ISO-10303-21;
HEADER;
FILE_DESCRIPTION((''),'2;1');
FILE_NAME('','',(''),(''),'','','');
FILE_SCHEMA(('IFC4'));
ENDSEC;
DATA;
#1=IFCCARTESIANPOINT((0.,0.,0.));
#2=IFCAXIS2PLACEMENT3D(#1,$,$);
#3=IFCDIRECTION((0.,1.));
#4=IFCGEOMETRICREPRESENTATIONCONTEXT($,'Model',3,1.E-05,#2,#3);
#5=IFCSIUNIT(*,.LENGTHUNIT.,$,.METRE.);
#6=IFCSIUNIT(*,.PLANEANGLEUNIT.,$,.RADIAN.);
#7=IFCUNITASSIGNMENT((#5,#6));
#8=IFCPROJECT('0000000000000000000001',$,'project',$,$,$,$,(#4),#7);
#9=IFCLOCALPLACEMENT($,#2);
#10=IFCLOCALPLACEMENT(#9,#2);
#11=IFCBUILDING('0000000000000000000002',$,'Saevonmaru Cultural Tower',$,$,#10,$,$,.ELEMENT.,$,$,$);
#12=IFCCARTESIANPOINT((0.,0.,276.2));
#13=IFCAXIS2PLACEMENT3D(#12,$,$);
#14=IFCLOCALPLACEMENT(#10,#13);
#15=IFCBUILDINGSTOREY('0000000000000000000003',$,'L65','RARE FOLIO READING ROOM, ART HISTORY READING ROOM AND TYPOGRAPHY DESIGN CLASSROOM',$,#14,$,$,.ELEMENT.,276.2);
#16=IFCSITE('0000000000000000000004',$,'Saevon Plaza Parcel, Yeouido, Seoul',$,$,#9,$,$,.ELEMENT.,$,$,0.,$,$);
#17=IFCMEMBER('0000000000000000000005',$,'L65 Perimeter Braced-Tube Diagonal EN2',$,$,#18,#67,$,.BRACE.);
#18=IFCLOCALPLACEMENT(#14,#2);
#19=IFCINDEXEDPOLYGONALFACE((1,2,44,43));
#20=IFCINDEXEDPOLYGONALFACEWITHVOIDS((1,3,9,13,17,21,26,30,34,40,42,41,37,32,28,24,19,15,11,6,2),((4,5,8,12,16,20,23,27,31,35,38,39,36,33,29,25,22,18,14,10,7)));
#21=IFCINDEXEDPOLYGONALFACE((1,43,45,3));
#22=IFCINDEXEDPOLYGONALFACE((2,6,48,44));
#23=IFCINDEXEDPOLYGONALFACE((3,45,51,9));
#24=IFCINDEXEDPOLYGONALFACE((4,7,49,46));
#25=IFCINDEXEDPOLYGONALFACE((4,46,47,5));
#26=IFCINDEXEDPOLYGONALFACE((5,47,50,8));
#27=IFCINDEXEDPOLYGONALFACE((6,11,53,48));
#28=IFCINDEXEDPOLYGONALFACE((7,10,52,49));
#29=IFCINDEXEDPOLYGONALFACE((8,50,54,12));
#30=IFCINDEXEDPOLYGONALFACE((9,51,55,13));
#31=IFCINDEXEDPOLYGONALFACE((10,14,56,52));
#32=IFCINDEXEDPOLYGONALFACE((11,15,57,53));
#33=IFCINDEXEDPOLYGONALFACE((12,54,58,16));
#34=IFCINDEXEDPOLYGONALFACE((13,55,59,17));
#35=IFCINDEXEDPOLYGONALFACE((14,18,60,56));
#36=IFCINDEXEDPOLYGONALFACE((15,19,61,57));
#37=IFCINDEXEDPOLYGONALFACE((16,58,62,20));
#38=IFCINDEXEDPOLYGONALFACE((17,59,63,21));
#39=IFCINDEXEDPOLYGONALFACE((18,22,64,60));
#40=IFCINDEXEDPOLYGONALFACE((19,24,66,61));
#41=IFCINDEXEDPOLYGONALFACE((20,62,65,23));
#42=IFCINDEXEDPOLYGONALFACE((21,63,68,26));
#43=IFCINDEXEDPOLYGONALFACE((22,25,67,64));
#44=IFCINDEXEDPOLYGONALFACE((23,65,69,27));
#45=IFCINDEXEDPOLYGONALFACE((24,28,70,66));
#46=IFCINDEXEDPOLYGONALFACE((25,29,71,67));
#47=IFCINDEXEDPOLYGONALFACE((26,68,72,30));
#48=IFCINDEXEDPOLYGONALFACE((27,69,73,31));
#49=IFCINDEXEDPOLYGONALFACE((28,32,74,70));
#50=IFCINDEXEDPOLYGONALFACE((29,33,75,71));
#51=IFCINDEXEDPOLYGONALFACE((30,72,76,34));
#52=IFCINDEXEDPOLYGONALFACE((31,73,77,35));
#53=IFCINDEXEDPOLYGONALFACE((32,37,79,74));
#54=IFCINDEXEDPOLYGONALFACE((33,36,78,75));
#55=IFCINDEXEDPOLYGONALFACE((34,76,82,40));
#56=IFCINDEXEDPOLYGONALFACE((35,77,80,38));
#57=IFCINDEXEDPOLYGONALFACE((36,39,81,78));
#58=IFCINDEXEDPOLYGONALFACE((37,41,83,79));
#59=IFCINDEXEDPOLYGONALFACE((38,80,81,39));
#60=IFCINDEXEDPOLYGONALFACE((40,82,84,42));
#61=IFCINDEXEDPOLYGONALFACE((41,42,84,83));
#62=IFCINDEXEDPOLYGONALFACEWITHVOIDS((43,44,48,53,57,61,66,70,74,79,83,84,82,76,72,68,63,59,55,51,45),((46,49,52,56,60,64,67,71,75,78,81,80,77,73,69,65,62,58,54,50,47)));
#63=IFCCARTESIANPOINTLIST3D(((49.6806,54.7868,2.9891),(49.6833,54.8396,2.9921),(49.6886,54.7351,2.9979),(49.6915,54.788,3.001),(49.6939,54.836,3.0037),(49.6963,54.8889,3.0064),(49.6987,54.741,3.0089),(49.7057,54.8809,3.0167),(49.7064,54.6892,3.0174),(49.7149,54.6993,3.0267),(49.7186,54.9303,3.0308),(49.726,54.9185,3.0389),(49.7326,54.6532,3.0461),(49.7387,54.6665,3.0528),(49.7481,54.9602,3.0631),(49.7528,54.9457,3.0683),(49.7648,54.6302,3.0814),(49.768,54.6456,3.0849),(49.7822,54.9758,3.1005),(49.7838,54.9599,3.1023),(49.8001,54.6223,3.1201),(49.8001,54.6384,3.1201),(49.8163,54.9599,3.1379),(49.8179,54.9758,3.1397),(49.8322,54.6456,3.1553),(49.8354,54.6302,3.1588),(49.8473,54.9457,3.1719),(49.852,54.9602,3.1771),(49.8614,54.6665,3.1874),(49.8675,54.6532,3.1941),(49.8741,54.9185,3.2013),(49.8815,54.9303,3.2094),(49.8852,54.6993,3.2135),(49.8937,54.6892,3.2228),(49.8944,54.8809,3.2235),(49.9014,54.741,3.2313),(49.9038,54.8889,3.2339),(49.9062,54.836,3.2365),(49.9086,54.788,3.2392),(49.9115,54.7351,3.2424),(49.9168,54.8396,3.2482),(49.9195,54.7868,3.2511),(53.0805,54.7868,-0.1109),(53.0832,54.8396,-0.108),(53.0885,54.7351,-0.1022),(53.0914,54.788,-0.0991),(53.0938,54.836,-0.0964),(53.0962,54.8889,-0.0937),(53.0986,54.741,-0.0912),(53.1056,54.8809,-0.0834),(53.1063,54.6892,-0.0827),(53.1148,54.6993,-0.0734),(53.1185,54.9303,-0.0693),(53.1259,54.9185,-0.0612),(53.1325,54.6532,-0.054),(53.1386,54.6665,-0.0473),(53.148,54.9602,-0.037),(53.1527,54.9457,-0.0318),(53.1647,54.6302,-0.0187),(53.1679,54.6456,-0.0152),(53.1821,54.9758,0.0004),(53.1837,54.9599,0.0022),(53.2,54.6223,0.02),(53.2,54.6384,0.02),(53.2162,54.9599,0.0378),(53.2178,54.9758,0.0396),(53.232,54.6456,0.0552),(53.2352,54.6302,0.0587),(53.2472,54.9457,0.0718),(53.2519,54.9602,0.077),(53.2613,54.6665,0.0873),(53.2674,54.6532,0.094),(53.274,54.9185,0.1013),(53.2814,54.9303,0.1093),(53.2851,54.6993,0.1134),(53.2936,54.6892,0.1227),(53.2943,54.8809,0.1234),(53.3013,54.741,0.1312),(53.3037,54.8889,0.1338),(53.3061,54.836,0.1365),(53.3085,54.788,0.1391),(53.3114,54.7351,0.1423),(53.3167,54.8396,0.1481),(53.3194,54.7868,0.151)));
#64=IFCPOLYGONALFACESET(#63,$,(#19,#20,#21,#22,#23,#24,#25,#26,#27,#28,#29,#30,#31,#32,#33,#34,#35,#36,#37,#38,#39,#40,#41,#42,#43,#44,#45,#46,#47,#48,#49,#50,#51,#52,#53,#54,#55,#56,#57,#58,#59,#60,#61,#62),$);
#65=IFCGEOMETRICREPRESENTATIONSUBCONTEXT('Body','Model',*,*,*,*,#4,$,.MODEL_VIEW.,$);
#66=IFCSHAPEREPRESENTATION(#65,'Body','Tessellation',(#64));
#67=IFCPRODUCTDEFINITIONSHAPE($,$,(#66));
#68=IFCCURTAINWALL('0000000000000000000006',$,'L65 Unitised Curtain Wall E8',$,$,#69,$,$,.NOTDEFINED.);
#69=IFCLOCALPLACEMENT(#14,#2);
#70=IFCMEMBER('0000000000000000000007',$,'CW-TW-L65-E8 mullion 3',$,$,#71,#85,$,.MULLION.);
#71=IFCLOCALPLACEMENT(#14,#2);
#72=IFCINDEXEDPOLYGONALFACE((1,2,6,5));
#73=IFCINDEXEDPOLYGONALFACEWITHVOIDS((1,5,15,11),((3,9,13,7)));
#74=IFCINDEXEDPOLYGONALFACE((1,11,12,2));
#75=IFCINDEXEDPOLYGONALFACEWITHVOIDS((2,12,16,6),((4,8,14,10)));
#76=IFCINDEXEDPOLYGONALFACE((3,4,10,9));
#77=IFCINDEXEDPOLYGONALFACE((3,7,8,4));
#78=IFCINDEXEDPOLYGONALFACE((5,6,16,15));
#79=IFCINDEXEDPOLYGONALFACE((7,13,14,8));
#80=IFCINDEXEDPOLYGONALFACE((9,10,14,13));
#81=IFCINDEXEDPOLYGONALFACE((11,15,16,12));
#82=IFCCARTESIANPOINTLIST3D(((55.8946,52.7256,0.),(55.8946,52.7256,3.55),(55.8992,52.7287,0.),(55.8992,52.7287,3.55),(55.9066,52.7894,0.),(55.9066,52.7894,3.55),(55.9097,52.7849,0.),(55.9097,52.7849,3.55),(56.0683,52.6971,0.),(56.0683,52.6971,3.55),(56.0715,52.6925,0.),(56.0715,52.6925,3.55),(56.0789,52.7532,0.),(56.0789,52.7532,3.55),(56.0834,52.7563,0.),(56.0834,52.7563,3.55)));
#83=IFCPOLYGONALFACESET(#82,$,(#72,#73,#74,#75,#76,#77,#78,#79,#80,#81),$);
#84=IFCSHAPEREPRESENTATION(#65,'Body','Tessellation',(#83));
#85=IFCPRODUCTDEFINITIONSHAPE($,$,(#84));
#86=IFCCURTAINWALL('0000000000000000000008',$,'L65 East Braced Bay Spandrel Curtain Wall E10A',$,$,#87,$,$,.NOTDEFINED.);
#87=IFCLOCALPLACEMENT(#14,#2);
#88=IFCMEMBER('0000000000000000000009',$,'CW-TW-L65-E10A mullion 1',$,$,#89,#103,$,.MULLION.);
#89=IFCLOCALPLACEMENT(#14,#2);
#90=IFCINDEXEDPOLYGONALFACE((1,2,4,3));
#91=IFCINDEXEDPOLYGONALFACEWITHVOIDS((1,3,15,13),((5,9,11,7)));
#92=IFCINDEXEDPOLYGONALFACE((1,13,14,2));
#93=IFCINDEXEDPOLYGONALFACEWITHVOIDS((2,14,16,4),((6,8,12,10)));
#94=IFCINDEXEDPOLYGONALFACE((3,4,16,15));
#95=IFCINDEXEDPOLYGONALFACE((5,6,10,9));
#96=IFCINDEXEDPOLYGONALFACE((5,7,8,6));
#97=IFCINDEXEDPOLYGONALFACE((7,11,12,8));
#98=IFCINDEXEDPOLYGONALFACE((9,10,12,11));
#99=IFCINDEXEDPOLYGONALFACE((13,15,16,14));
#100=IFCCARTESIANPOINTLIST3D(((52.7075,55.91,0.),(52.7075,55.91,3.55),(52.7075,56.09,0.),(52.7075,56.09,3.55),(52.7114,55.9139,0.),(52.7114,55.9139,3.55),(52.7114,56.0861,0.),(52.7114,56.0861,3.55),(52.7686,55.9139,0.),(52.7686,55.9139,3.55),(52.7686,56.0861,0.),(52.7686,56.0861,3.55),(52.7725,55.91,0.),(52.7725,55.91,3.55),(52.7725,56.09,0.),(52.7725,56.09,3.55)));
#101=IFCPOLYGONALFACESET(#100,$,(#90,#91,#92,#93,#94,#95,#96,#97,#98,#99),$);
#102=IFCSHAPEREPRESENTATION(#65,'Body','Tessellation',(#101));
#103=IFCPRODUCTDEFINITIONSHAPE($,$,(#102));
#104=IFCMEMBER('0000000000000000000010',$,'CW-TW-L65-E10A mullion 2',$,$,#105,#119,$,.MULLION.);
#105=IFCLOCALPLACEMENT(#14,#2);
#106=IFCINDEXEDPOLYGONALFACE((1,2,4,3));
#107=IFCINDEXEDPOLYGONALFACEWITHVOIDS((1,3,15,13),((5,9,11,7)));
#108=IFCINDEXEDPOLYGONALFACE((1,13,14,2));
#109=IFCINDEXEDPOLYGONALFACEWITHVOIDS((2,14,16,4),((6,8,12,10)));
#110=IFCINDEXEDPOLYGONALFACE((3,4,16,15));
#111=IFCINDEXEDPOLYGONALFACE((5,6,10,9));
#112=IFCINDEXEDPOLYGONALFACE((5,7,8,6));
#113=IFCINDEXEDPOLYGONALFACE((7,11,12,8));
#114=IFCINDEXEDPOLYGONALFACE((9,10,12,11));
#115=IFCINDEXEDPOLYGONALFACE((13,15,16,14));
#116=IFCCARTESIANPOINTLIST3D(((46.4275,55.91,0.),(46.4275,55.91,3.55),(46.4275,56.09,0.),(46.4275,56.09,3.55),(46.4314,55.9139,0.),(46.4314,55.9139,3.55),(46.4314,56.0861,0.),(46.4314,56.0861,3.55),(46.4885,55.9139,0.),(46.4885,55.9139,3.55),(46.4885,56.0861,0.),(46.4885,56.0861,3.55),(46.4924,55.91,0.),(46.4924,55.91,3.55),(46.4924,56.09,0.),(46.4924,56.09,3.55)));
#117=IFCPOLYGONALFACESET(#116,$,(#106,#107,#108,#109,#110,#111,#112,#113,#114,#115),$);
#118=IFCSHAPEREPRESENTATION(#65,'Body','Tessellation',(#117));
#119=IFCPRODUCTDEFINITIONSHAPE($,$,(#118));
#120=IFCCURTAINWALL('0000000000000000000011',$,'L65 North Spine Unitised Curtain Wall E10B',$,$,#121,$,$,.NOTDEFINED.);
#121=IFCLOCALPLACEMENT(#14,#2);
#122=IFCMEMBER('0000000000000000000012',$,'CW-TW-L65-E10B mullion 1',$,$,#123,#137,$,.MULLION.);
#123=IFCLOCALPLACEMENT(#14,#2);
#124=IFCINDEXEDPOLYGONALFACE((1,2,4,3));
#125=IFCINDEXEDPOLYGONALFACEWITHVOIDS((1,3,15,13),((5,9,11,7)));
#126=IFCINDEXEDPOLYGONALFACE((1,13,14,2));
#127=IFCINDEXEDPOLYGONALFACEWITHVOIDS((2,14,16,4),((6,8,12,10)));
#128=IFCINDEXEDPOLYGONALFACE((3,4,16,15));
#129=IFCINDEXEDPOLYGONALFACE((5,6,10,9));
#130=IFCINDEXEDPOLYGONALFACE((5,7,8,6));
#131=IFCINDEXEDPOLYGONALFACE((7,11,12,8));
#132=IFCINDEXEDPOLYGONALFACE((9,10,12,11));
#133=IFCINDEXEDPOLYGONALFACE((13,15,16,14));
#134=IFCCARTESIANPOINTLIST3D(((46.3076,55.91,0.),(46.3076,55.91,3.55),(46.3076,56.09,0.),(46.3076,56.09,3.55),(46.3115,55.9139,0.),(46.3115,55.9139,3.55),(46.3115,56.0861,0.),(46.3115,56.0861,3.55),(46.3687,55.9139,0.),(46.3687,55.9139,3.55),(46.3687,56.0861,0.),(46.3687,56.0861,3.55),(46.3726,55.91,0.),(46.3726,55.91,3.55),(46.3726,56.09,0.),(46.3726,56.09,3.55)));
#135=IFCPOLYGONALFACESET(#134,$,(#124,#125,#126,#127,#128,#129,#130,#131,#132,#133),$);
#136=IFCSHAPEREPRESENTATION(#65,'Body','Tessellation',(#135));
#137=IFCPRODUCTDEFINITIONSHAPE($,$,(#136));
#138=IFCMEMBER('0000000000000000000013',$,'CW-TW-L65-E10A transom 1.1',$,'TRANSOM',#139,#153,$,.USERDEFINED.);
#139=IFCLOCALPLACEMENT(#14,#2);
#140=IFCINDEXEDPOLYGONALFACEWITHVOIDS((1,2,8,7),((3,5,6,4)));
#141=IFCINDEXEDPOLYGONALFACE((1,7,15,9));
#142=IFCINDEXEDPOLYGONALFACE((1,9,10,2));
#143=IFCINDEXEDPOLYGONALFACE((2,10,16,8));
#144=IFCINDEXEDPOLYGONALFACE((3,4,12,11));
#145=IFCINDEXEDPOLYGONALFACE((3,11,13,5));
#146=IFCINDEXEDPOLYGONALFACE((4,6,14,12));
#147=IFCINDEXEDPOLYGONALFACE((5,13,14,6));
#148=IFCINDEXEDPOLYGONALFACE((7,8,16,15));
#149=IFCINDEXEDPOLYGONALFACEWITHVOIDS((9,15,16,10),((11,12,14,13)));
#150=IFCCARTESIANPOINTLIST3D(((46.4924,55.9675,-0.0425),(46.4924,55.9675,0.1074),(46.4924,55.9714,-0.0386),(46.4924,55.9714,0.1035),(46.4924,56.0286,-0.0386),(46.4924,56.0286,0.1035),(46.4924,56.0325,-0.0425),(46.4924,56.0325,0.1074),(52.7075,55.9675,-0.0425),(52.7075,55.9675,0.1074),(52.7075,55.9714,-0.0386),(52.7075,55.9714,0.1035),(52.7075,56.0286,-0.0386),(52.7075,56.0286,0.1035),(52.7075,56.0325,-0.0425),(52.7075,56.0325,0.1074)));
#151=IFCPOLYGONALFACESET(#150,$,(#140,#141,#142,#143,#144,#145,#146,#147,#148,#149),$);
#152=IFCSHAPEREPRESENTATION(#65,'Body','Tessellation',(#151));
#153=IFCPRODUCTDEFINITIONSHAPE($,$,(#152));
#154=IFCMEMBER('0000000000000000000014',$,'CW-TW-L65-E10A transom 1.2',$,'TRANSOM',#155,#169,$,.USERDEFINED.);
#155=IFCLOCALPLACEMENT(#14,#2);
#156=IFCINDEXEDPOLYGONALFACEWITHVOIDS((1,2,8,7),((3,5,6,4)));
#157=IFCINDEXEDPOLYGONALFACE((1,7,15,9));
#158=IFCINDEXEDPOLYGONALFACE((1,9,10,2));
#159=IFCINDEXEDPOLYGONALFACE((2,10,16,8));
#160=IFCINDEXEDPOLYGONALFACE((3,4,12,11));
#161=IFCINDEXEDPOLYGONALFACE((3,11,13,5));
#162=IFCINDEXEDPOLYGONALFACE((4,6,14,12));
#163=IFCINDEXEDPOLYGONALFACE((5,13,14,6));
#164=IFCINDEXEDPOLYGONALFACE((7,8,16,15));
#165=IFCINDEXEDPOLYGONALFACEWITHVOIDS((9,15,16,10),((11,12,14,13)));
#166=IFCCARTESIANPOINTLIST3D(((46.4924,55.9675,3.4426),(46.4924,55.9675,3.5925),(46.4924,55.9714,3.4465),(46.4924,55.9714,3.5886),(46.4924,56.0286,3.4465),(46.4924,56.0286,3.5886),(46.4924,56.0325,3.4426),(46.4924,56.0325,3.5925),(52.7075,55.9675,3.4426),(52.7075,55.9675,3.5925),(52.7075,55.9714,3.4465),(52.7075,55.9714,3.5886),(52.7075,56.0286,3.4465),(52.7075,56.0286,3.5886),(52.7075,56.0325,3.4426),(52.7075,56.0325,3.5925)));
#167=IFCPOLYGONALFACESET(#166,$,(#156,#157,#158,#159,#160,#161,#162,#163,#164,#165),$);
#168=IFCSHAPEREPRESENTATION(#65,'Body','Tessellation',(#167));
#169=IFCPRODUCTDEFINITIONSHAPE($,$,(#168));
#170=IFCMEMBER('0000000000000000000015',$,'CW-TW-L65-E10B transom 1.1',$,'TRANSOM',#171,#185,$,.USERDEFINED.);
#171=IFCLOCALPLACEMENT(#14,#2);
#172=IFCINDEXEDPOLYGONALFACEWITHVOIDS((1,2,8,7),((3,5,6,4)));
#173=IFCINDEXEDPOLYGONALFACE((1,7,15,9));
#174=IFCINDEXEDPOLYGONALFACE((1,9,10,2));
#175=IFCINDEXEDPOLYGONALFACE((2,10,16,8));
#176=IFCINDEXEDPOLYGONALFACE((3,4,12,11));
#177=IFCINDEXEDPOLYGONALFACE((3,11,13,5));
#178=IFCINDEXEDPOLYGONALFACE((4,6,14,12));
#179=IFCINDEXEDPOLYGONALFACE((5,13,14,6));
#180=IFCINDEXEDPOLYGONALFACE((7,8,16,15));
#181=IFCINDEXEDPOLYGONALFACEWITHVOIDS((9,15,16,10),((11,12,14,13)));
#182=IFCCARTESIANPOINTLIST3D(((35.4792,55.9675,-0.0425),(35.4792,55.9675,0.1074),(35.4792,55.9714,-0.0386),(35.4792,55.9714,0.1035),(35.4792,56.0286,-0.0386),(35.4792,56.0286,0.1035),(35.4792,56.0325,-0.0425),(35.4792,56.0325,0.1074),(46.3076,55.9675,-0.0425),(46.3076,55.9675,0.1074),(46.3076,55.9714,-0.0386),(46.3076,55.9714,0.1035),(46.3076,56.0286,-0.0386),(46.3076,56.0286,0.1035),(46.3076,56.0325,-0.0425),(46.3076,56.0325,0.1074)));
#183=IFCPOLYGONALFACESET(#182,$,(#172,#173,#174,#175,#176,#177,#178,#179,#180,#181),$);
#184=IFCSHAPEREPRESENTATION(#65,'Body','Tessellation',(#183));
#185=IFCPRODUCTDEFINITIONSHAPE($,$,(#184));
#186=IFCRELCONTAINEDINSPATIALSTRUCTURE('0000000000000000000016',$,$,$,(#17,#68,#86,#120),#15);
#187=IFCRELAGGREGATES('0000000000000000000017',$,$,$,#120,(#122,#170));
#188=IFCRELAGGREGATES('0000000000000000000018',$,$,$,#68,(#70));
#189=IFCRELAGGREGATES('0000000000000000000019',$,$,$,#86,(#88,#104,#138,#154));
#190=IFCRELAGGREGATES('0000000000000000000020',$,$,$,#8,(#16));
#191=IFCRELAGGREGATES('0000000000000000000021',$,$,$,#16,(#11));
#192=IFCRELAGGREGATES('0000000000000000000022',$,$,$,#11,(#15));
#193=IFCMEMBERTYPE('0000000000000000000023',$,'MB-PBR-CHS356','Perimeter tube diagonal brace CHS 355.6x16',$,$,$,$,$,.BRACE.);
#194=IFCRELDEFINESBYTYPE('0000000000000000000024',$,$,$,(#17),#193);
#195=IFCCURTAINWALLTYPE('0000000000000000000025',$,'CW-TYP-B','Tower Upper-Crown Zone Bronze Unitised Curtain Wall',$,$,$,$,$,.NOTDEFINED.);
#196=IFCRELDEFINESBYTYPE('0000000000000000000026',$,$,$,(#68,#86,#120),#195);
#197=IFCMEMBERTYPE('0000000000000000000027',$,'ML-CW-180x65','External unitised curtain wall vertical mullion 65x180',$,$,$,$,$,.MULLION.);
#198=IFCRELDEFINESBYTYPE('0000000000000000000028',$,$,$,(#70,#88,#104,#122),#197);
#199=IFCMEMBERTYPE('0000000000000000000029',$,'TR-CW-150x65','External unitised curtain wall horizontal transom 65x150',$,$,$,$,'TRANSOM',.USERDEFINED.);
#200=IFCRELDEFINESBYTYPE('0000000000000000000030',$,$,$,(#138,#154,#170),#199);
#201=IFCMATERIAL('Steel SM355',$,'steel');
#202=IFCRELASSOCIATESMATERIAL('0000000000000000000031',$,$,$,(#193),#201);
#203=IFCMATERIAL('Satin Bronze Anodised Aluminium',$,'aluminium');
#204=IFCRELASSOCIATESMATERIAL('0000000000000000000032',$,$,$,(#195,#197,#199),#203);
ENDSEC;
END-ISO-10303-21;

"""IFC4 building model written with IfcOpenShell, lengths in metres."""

from ifc_helpers import new_model, si_unit, direction, frame, origin, origin_2d, place, context, subcontext, project, spatial, hollow_rectangle, hollow_circle, extrude, material, material_profile, profile_set, type_object, element, aggregate, save


model = new_model("IFC4")

# Units and contexts
model_context = context("Model", 3, precision=1e-05, world=origin(), true_north=direction((0.0, 1.0)))
body_context = subcontext(model_context, "Body", "Model", "MODEL_VIEW")
ifc_project = project(units=[si_unit("LENGTHUNIT", "METRE"), si_unit("PLANEANGLEUNIT", "RADIAN")], contexts=[model_context])

# Site, building, storey
site_placement = place(None, origin())
site = spatial("IfcSite", under=ifc_project, at=site_placement, Name="Saevon Plaza Parcel, Yeouido, Seoul", CompositionType="ELEMENT", RefElevation=0.0)
building_placement = place(site_placement, origin())
building = spatial("IfcBuilding", under=site, at=building_placement, Name="Saevonmaru Cultural Tower", CompositionType="ELEMENT")
storey_placement = place(building_placement, frame((0.0, 0.0, 276.2)))
storey = spatial("IfcBuildingStorey", under=building, at=storey_placement, Name="L65", Description="RARE FOLIO READING ROOM, ART HISTORY READING ROOM AND TYPOGRAPHY DESIGN CLASSROOM", CompositionType="ELEMENT", Elevation=276.2)

# Shared definitions
ifc_material_1 = material(Name="Steel SM355", Category="steel")

# Member
ifc_material_profile_1 = material_profile(ifc_material_1, hollow_circle(Radius=0.1777, WallThickness=0.0161, at=origin_2d()), Name="CHS-355.6x16")
ifc_profile_set_1 = profile_set([ifc_material_profile_1], Name="Steel SM355")
member_type_1 = type_object("IfcMemberType", Name="MB-PBR-CHS356", Description="Perimeter tube diagonal brace CHS 355.6x16", PredefinedType="BRACE", material=ifc_profile_set_1)
member_1_placement = place(storey_placement, frame((53.2, 54.8, 0.02), z_axis=(-0.738936, 0.0, 0.673776), x_axis=(0.0, -1.0, 0.0)))
element("IfcMember", 1, at=member_1_placement, inside=storey, type_object=member_type_1, Name="L65 Perimeter Braced-Tube Diagonal EN2", PredefinedType="BRACE", context=body_context, shape_type="SweptSolid", body=[
    extrude(hollow_circle(Radius=0.1777, WallThickness=0.0161, at=origin_2d()), origin(), (0.0, 0.0, 1.0), 4.6011),
])

# Curtain wall, member
ifc_material_2 = material(Name="Satin Bronze Anodised Aluminium", Category="aluminium")
curtain_wall_type = type_object("IfcCurtainWallType", Name="CW-TYP-B", Description="Tower Upper-Crown Zone Bronze Unitised Curtain Wall", PredefinedType="NOTDEFINED", material=ifc_material_2)
curtain_wall_1_placement = place(storey_placement, origin())
curtain_wall_1 = element("IfcCurtainWall", 2, at=curtain_wall_1_placement, inside=storey, type_object=curtain_wall_type, Name="L65 Unitised Curtain Wall E8", PredefinedType="NOTDEFINED")
ifc_material_profile_2 = material_profile(ifc_material_2, hollow_rectangle(XDim=0.0649, YDim=0.1799, WallThickness=0.0039, at=origin_2d()), Name="ALU-MULL-180x65x4")
ifc_profile_set_2 = profile_set([ifc_material_profile_2], Name="Satin Bronze Anodised Aluminium")
member_type_2 = type_object("IfcMemberType", Name="ML-CW-180x65", Description="External unitised curtain wall vertical mullion 65x180", PredefinedType="MULLION", material=ifc_profile_set_2)
member_2_placement = place(storey_placement, frame((55.989, 52.741, 0.0), z_axis=(0.0, 0.0, 1.0), x_axis=(0.184047, 0.982918, 0.0)))
member_2 = element("IfcMember", 3, at=member_2_placement, type_object=member_type_2, Name="CW-TW-L65-E8 mullion 3", PredefinedType="MULLION", context=body_context, shape_type="SweptSolid", body=[
    extrude(hollow_rectangle(XDim=0.0649, YDim=0.1799, WallThickness=0.0039, at=origin_2d()), origin(), (0.0, 0.0, 1.0), 3.55),
])

# Curtain wall, members
curtain_wall_2_placement = place(storey_placement, origin())
curtain_wall_2 = element("IfcCurtainWall", 4, at=curtain_wall_2_placement, inside=storey, type_object=curtain_wall_type, Name="L65 East Braced Bay Spandrel Curtain Wall E10A", PredefinedType="NOTDEFINED")
member_3_placement = place(storey_placement, frame((52.74, 56.0, 0.0), z_axis=(0.0, 0.0, 1.0), x_axis=(-1.0, 0.0, 0.0)))
member_3 = element("IfcMember", 5, at=member_3_placement, type_object=member_type_2, Name="CW-TW-L65-E10A mullion 1", PredefinedType="MULLION", context=body_context, shape_type="SweptSolid", body=[
    extrude(hollow_rectangle(XDim=0.0649, YDim=0.1799, WallThickness=0.0039, at=origin_2d()), origin(), (0.0, 0.0, 1.0), 3.55),
])
member_4_placement = place(storey_placement, frame((46.46, 56.0, 0.0), z_axis=(0.0, 0.0, 1.0), x_axis=(-1.0, 0.0, 0.0)))
member_4 = element("IfcMember", 6, at=member_4_placement, type_object=member_type_2, Name="CW-TW-L65-E10A mullion 2", PredefinedType="MULLION", context=body_context, shape_type="SweptSolid", body=[
    extrude(hollow_rectangle(XDim=0.0649, YDim=0.1799, WallThickness=0.0039, at=origin_2d()), origin(), (0.0, 0.0, 1.0), 3.55),
])

# Curtain wall, member
curtain_wall_3_placement = place(storey_placement, origin())
curtain_wall_3 = element("IfcCurtainWall", 7, at=curtain_wall_3_placement, inside=storey, type_object=curtain_wall_type, Name="L65 North Spine Unitised Curtain Wall E10B", PredefinedType="NOTDEFINED")
member_5_placement = place(storey_placement, frame((46.3401, 56.0, 0.0), z_axis=(0.0, 0.0, 1.0), x_axis=(-1.0, 0.0, 0.0)))
member_5 = element("IfcMember", 8, at=member_5_placement, type_object=member_type_2, Name="CW-TW-L65-E10B mullion 1", PredefinedType="MULLION", context=body_context, shape_type="SweptSolid", body=[
    extrude(hollow_rectangle(XDim=0.0649, YDim=0.1799, WallThickness=0.0039, at=origin_2d()), origin(), (0.0, 0.0, 1.0), 3.55),
])

# Members
ifc_material_profile_3 = material_profile(ifc_material_2, hollow_rectangle(XDim=0.0649, YDim=0.1499, WallThickness=0.0039, at=origin_2d()), Name="ALU-TRAN-150x65x4")
ifc_profile_set_3 = profile_set([ifc_material_profile_3], Name="Satin Bronze Anodised Aluminium")
member_type_3 = type_object("IfcMemberType", Name="TR-CW-150x65", Description="External unitised curtain wall horizontal transom 65x150", ElementType="TRANSOM", PredefinedType="USERDEFINED", material=ifc_profile_set_3)
member_6_placement = place(storey_placement, frame((52.7075, 56.0, 0.0325), z_axis=(-1.0, 0.0, 0.0), x_axis=(0.0, -1.0, 0.0)))
member_6 = element("IfcMember", 9, at=member_6_placement, type_object=member_type_3, Name="CW-TW-L65-E10A transom 1.1", ObjectType="TRANSOM", PredefinedType="USERDEFINED", context=body_context, shape_type="SweptSolid", body=[
    extrude(hollow_rectangle(XDim=0.0649, YDim=0.1499, WallThickness=0.0039, at=origin_2d()), origin(), (0.0, 0.0, 1.0), 6.2151),
])
member_7_placement = place(storey_placement, frame((52.7075, 56.0, 3.5176), z_axis=(-1.0, 0.0, 0.0), x_axis=(0.0, -1.0, 0.0)))
member_7 = element("IfcMember", 10, at=member_7_placement, type_object=member_type_3, Name="CW-TW-L65-E10A transom 1.2", ObjectType="TRANSOM", PredefinedType="USERDEFINED", context=body_context, shape_type="SweptSolid", body=[
    extrude(hollow_rectangle(XDim=0.0649, YDim=0.1499, WallThickness=0.0039, at=origin_2d()), origin(), (0.0, 0.0, 1.0), 6.2151),
])
member_8_placement = place(storey_placement, frame((46.3076, 56.0, 0.0325), z_axis=(-1.0, 0.0, 0.0), x_axis=(0.0, -1.0, 0.0)))
member_8 = element("IfcMember", 11, at=member_8_placement, type_object=member_type_3, Name="CW-TW-L65-E10B transom 1.1", ObjectType="TRANSOM", PredefinedType="USERDEFINED", context=body_context, shape_type="SweptSolid", body=[
    extrude(hollow_rectangle(XDim=0.0649, YDim=0.1499, WallThickness=0.0039, at=origin_2d()), origin(), (0.0, 0.0, 1.0), 10.8284),
])
aggregate(curtain_wall_3, [member_5, member_8])

aggregate(curtain_wall_1, [member_2])
aggregate(curtain_wall_2, [member_3, member_4, member_6, member_7])

save(model, "model.ifc")
